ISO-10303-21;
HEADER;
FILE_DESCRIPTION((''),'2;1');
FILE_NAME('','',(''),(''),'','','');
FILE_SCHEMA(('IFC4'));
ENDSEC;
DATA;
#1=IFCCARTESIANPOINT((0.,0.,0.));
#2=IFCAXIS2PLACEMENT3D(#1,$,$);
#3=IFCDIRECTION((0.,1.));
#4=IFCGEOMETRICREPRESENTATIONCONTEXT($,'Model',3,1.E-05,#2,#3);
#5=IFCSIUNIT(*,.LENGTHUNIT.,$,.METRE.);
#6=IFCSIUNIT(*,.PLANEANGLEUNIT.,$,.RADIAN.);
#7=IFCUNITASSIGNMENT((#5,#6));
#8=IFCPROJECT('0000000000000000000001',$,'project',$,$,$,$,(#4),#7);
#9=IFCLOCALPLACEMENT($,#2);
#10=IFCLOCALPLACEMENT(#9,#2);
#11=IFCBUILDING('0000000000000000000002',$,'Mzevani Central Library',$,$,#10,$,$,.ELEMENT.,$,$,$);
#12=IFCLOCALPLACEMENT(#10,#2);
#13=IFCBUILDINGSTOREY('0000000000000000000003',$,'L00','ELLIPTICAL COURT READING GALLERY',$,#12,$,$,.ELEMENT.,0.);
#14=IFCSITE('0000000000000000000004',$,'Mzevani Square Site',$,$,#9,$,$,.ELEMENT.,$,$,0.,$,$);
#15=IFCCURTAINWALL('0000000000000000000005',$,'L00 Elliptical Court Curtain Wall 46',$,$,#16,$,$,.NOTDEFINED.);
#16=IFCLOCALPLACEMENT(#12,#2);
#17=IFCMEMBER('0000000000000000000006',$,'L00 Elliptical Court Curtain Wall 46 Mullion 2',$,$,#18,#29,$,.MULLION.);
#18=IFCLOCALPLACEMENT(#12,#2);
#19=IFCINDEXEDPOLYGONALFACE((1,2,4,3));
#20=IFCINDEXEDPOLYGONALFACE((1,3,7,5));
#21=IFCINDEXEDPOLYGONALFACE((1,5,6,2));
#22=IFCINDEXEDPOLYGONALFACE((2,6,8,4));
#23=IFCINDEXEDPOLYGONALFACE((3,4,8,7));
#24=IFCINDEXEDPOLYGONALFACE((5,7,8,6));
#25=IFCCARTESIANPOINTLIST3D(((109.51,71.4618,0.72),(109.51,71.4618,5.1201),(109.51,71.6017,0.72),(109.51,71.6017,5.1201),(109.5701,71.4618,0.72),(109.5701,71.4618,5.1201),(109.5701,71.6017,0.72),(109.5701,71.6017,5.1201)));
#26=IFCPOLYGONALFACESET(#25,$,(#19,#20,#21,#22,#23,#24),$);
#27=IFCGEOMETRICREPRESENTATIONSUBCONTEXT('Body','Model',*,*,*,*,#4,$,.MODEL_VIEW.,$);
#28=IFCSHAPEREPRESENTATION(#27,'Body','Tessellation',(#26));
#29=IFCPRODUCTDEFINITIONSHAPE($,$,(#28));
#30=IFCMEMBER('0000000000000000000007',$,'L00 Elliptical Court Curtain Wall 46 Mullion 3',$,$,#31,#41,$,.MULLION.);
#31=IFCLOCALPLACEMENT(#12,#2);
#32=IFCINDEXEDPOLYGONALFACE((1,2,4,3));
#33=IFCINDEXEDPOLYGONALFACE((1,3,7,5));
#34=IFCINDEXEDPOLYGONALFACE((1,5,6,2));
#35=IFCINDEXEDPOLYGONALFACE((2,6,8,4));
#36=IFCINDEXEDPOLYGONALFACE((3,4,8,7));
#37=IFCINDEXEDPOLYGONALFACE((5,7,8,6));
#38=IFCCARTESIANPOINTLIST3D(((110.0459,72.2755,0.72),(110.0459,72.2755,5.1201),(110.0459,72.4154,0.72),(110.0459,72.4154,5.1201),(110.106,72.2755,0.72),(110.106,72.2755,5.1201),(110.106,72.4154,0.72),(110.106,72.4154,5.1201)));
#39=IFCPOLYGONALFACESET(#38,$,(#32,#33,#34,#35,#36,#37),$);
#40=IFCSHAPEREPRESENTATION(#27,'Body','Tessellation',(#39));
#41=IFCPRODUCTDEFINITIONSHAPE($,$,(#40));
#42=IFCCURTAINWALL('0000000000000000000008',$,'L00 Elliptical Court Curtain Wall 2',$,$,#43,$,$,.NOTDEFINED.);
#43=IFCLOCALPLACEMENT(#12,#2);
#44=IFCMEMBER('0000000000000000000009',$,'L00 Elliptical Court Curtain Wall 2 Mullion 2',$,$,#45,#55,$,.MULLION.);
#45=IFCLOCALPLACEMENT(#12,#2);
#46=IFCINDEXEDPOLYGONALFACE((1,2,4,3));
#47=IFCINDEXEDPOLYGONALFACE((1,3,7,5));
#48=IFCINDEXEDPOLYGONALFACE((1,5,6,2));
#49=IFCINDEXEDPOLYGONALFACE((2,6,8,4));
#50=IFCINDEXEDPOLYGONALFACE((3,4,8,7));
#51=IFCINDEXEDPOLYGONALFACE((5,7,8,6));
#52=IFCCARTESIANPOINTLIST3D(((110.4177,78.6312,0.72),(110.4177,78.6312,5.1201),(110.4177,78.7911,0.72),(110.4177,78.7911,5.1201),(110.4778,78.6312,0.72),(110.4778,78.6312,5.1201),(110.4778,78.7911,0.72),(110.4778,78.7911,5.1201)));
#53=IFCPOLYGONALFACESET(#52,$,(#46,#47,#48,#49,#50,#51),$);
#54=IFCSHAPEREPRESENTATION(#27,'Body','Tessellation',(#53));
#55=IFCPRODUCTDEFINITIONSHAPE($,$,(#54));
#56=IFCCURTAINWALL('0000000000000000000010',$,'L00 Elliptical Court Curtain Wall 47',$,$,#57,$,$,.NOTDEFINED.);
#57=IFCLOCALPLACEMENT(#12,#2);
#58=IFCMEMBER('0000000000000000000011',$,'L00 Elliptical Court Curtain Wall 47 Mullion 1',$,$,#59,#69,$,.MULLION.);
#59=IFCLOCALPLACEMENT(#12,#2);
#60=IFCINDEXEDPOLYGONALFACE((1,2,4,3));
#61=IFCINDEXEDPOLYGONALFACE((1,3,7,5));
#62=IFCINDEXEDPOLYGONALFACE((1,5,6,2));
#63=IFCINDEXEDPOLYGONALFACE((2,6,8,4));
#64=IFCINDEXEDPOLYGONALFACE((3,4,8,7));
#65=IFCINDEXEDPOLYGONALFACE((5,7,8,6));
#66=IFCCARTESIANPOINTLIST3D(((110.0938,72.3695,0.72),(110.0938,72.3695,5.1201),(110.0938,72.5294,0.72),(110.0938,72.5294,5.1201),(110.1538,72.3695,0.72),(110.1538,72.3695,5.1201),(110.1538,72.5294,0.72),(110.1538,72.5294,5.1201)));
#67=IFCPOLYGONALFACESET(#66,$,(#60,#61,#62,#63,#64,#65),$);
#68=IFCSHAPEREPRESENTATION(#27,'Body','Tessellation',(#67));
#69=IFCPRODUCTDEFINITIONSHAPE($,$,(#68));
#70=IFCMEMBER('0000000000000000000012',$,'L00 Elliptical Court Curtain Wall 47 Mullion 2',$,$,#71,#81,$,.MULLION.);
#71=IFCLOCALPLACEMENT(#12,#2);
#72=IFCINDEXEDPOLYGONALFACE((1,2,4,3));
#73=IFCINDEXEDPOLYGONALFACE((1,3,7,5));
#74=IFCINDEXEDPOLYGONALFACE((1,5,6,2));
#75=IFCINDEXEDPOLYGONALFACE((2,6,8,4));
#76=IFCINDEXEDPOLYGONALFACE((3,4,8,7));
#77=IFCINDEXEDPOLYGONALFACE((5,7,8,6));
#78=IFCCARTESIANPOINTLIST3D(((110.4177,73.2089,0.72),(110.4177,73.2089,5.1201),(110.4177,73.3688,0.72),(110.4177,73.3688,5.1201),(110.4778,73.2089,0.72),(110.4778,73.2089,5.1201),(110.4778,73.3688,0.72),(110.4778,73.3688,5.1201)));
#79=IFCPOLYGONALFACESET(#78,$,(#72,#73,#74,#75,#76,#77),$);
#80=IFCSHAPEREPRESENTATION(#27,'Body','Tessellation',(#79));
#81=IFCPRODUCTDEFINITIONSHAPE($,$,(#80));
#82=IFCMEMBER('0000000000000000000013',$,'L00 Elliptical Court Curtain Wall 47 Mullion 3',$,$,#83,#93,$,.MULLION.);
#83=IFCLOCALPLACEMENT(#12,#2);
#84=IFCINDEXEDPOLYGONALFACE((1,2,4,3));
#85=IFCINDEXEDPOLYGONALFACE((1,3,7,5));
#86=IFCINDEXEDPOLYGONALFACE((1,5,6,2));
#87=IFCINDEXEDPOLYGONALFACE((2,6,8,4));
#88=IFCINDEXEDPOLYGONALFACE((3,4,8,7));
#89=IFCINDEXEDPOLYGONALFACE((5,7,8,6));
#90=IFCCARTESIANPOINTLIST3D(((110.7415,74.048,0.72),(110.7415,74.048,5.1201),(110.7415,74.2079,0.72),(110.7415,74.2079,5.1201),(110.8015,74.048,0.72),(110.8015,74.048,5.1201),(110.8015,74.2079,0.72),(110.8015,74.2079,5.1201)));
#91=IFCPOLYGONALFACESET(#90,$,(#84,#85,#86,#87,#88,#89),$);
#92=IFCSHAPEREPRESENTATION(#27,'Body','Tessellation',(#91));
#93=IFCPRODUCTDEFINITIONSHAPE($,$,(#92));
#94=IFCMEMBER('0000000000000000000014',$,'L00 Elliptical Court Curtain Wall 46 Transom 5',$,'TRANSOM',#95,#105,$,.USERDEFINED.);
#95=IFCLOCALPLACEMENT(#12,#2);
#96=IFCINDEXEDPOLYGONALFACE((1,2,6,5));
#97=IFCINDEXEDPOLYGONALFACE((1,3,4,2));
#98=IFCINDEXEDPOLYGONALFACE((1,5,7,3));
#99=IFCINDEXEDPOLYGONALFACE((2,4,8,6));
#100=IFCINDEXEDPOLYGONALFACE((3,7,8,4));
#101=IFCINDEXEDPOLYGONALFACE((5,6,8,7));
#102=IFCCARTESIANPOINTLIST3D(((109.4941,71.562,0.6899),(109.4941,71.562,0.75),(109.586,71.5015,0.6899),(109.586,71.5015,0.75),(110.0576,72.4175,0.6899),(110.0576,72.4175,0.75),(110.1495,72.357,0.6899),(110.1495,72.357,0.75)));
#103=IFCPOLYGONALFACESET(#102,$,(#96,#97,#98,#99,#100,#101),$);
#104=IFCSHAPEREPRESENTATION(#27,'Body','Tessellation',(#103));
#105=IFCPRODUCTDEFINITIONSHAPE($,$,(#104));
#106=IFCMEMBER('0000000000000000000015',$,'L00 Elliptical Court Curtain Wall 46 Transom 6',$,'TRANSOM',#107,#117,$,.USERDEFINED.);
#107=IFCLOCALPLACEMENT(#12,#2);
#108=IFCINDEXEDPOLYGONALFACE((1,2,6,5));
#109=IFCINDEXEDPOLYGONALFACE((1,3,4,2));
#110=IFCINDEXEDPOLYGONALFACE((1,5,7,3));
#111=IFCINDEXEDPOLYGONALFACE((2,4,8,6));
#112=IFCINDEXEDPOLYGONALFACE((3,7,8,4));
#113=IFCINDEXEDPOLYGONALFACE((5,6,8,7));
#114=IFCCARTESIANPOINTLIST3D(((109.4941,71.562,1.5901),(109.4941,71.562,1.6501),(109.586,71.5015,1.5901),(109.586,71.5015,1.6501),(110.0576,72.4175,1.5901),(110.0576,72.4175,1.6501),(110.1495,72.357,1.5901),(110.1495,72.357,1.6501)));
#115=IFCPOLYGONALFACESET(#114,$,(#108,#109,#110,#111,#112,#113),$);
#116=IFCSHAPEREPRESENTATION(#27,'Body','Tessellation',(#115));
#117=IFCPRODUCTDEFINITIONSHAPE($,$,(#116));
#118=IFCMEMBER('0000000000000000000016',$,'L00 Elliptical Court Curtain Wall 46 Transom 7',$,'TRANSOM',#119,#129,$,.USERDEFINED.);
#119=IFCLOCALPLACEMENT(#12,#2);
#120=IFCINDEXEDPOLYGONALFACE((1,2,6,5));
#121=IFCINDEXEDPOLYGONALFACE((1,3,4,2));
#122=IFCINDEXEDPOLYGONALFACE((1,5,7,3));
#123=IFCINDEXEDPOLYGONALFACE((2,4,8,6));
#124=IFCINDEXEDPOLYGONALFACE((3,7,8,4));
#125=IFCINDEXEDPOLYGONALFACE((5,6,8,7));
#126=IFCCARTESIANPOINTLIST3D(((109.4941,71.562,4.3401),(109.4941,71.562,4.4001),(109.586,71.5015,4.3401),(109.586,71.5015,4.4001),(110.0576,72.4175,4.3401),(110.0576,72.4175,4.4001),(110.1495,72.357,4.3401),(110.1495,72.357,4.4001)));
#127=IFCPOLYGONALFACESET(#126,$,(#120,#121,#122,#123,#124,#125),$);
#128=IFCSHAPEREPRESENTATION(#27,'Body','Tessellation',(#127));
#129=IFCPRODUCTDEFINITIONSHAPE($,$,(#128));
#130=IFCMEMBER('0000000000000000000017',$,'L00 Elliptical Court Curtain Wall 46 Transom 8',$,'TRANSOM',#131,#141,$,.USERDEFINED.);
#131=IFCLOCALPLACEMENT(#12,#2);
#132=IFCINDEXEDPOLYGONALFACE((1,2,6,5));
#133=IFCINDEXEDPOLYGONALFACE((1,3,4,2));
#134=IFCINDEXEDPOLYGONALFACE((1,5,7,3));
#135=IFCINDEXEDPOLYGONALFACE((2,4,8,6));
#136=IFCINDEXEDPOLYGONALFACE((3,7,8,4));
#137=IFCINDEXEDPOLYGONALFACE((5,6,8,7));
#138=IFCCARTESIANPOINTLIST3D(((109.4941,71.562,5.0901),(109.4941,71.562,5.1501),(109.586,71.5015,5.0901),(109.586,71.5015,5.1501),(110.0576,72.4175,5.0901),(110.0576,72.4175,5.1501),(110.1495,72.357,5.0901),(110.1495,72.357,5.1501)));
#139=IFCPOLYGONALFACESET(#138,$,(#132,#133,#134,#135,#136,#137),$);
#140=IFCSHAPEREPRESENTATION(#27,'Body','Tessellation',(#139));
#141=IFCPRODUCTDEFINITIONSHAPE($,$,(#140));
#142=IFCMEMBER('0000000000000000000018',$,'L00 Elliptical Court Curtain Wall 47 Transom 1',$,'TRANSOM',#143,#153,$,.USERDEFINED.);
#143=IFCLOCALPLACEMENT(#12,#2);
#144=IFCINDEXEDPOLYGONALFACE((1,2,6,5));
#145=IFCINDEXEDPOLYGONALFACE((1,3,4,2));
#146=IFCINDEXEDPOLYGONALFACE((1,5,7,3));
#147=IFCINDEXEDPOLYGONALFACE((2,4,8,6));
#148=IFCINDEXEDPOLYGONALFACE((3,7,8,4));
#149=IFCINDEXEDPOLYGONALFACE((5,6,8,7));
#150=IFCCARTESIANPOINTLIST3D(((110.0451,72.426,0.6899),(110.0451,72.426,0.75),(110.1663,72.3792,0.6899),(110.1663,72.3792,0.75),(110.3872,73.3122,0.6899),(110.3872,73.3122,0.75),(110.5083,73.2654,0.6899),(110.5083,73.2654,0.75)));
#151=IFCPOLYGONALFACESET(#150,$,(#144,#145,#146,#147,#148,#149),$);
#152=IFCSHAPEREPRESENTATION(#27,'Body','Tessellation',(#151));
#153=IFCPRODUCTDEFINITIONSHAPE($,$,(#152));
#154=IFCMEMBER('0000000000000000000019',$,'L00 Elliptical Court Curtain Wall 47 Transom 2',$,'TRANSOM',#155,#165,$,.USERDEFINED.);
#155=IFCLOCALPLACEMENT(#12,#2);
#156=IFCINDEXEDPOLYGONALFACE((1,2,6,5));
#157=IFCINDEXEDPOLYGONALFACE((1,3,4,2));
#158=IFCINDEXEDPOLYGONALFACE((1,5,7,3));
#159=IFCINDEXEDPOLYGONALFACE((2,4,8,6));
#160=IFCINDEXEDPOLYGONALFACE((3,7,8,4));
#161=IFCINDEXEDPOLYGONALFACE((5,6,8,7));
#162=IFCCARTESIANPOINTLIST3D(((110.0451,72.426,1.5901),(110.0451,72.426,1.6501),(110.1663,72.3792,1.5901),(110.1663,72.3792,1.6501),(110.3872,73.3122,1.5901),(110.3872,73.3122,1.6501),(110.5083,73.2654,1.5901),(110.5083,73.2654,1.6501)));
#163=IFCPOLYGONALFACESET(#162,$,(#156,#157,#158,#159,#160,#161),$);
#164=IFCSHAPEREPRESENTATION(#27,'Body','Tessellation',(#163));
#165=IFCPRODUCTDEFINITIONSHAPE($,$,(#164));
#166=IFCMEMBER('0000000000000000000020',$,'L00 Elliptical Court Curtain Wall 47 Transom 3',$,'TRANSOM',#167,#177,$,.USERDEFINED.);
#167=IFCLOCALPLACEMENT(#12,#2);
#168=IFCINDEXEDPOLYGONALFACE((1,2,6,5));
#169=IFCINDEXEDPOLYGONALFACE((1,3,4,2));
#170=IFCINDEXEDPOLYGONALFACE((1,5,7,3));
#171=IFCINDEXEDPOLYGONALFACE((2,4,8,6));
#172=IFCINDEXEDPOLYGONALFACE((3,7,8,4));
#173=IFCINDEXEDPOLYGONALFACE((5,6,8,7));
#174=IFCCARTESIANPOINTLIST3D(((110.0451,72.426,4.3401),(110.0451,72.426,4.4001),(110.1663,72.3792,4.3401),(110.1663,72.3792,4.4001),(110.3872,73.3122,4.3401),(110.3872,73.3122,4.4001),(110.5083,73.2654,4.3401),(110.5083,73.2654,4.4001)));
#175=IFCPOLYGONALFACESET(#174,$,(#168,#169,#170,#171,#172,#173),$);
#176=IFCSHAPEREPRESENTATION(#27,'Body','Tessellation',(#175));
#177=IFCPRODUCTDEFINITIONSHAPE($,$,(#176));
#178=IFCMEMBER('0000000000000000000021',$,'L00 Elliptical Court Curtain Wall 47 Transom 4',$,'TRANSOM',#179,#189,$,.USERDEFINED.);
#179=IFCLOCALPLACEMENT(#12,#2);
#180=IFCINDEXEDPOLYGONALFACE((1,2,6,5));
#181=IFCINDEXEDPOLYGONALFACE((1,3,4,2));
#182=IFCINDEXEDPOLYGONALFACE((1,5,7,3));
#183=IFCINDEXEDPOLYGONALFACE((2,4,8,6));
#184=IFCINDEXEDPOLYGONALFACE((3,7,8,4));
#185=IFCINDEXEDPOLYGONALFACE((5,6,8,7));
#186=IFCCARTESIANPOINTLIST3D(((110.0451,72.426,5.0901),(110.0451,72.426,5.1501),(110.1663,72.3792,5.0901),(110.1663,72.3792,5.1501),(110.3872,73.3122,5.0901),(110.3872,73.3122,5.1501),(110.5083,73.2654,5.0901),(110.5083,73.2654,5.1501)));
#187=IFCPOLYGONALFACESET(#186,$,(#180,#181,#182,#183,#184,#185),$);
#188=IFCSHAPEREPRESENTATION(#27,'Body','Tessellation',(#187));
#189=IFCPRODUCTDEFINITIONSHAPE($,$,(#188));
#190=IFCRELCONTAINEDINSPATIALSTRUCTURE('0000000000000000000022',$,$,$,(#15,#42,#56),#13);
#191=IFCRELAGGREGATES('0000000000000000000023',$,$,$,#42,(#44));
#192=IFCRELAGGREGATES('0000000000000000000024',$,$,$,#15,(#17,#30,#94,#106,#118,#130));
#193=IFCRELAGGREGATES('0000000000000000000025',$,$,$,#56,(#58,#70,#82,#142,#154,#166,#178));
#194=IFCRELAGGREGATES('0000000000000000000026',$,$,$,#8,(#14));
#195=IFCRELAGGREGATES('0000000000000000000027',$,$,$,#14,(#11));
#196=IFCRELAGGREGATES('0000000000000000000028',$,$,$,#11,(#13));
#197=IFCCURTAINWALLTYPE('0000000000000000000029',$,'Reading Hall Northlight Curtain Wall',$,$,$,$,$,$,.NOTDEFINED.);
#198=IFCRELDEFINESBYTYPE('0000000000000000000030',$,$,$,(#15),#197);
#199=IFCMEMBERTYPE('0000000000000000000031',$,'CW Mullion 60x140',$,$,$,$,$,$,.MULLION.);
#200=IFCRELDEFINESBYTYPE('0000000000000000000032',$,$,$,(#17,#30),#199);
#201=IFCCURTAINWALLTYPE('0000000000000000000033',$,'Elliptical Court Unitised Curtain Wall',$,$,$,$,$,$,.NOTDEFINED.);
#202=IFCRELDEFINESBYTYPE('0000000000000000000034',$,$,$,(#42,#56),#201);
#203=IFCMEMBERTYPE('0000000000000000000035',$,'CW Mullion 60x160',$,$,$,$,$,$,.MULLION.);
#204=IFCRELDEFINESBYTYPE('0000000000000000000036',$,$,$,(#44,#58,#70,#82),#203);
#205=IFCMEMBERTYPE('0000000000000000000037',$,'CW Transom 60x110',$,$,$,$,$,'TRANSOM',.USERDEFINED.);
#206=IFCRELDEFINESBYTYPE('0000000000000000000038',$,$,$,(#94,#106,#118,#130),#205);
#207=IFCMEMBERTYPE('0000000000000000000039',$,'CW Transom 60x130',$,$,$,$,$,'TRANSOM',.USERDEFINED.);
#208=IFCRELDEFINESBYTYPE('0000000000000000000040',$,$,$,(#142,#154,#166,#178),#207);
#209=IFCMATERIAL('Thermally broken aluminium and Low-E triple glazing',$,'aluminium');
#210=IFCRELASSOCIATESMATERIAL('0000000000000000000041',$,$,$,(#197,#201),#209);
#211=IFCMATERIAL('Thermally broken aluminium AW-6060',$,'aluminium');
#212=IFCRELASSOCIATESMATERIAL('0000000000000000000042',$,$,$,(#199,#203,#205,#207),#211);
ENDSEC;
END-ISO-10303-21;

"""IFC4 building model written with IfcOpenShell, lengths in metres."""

from ifc_helpers import new_model, si_unit, direction, frame, origin, origin_2d, place, context, subcontext, project, spatial, rectangle, extrude, material, material_profile, profile_set, type_object, element, aggregate, save


model = new_model("IFC4")

# Units and contexts
model_context = context("Model", 3, precision=1e-05, world=origin(), true_north=direction((0.0, 1.0)))
body_context = subcontext(model_context, "Body", "Model", "MODEL_VIEW")
ifc_project = project(units=[si_unit("LENGTHUNIT", "METRE"), si_unit("PLANEANGLEUNIT", "RADIAN")], contexts=[model_context])

# Site, building, storey
site_placement = place(None, origin())
site = spatial("IfcSite", under=ifc_project, at=site_placement, Name="Mzevani Square Site", CompositionType="ELEMENT", RefElevation=0.0)
building_placement = place(site_placement, origin())
building = spatial("IfcBuilding", under=site, at=building_placement, Name="Mzevani Central Library", CompositionType="ELEMENT")
storey_placement = place(building_placement, origin())
storey = spatial("IfcBuildingStorey", under=building, at=storey_placement, Name="L00", Description="ELLIPTICAL COURT READING GALLERY", CompositionType="ELEMENT", Elevation=0.0)

# Curtain wall, members
ifc_material_1 = material(Name="Thermally broken aluminium and Low-E triple glazing", Category="aluminium")
curtain_wall_type_1 = type_object("IfcCurtainWallType", Name="Reading Hall Northlight Curtain Wall", PredefinedType="NOTDEFINED", material=ifc_material_1)
curtain_wall_1_placement = place(storey_placement, origin())
curtain_wall_1 = element("IfcCurtainWall", 1, at=curtain_wall_1_placement, inside=storey, type_object=curtain_wall_type_1, Name="L00 Elliptical Court Curtain Wall 46", PredefinedType="NOTDEFINED")
ifc_material_2 = material(Name="Thermally broken aluminium AW-6060", Category="aluminium")
ifc_material_profile_1 = material_profile(ifc_material_2, rectangle(XDim=0.0601, YDim=0.1399, at=origin_2d()), Name="ALU M60x140")
ifc_profile_set_1 = profile_set([ifc_material_profile_1], Name="Thermally broken aluminium AW-6060")
member_type_1 = type_object("IfcMemberType", Name="CW Mullion 60x140", PredefinedType="MULLION", material=ifc_profile_set_1)
member_1_placement = place(storey_placement, frame((109.54, 71.5317, 0.72), z_axis=(0.0, 0.0, 1.0), x_axis=(1.0, 0.0, 0.0)))
member_1 = element("IfcMember", 2, at=member_1_placement, type_object=member_type_1, Name="L00 Elliptical Court Curtain Wall 46 Mullion 2", PredefinedType="MULLION", context=body_context, shape_type="SweptSolid", body=[
    extrude(rectangle(XDim=0.0601, YDim=0.1399, at=origin_2d()), origin(), (0.0, 0.0, 1.0), 4.4001),
])
member_2_placement = place(storey_placement, frame((110.0759, 72.3455, 0.72), z_axis=(0.0, 0.0, 1.0), x_axis=(1.0, 0.0, 0.0)))
member_2 = element("IfcMember", 3, at=member_2_placement, type_object=member_type_1, Name="L00 Elliptical Court Curtain Wall 46 Mullion 3", PredefinedType="MULLION", context=body_context, shape_type="SweptSolid", body=[
    extrude(rectangle(XDim=0.0601, YDim=0.1399, at=origin_2d()), origin(), (0.0, 0.0, 1.0), 4.4001),
])

# Curtain wall, member
curtain_wall_type_2 = type_object("IfcCurtainWallType", Name="Elliptical Court Unitised Curtain Wall", PredefinedType="NOTDEFINED", material=ifc_material_1)
curtain_wall_2_placement = place(storey_placement, origin())
curtain_wall_2 = element("IfcCurtainWall", 4, at=curtain_wall_2_placement, inside=storey, type_object=curtain_wall_type_2, Name="L00 Elliptical Court Curtain Wall 2", PredefinedType="NOTDEFINED")
ifc_material_profile_2 = material_profile(ifc_material_2, rectangle(XDim=0.0601, YDim=0.1599, at=origin_2d()), Name="ALU M60x160")
ifc_profile_set_2 = profile_set([ifc_material_profile_2], Name="Thermally broken aluminium AW-6060")
member_type_2 = type_object("IfcMemberType", Name="CW Mullion 60x160", PredefinedType="MULLION", material=ifc_profile_set_2)
member_3_placement = place(storey_placement, frame((110.4478, 78.7112, 0.72), z_axis=(0.0, 0.0, 1.0), x_axis=(1.0, 0.0, 0.0)))
member_3 = element("IfcMember", 5, at=member_3_placement, type_object=member_type_2, Name="L00 Elliptical Court Curtain Wall 2 Mullion 2", PredefinedType="MULLION", context=body_context, shape_type="SweptSolid", body=[
    extrude(rectangle(XDim=0.0601, YDim=0.1599, at=origin_2d()), origin(), (0.0, 0.0, 1.0), 4.4001),
])

# Curtain wall, members
curtain_wall_3_placement = place(storey_placement, origin())
curtain_wall_3 = element("IfcCurtainWall", 6, at=curtain_wall_3_placement, inside=storey, type_object=curtain_wall_type_2, Name="L00 Elliptical Court Curtain Wall 47", PredefinedType="NOTDEFINED")
member_4_placement = place(storey_placement, frame((110.1238, 72.4495, 0.72), z_axis=(0.0, 0.0, 1.0), x_axis=(1.0, 0.0, 0.0)))
member_4 = element("IfcMember", 7, at=member_4_placement, type_object=member_type_2, Name="L00 Elliptical Court Curtain Wall 47 Mullion 1", PredefinedType="MULLION", context=body_context, shape_type="SweptSolid", body=[
    extrude(rectangle(XDim=0.0601, YDim=0.1599, at=origin_2d()), origin(), (0.0, 0.0, 1.0), 4.4001),
])
member_5_placement = place(storey_placement, frame((110.4478, 73.2888, 0.72), z_axis=(0.0, 0.0, 1.0), x_axis=(1.0, 0.0, 0.0)))
member_5 = element("IfcMember", 8, at=member_5_placement, type_object=member_type_2, Name="L00 Elliptical Court Curtain Wall 47 Mullion 2", PredefinedType="MULLION", context=body_context, shape_type="SweptSolid", body=[
    extrude(rectangle(XDim=0.0601, YDim=0.1599, at=origin_2d()), origin(), (0.0, 0.0, 1.0), 4.4001),
])
member_6_placement = place(storey_placement, frame((110.7715, 74.1279, 0.72), z_axis=(0.0, 0.0, 1.0), x_axis=(1.0, 0.0, 0.0)))
member_6 = element("IfcMember", 9, at=member_6_placement, type_object=member_type_2, Name="L00 Elliptical Court Curtain Wall 47 Mullion 3", PredefinedType="MULLION", context=body_context, shape_type="SweptSolid", body=[
    extrude(rectangle(XDim=0.0601, YDim=0.1599, at=origin_2d()), origin(), (0.0, 0.0, 1.0), 4.4001),
])

# Members
ifc_material_profile_3 = material_profile(ifc_material_2, rectangle(XDim=0.1101, YDim=0.0601, at=origin_2d()), Name="ALU T60x110")
ifc_profile_set_3 = profile_set([ifc_material_profile_3], Name="Thermally broken aluminium AW-6060")
member_type_3 = type_object("IfcMemberType", Name="CW Transom 60x110", ElementType="TRANSOM", PredefinedType="USERDEFINED", material=ifc_profile_set_3)
member_7_placement = place(storey_placement, frame((109.54, 71.5317, 0.72), z_axis=(0.550072, 0.835117, 0.0), x_axis=(-0.835117, 0.550072, 0.0)))
member_7 = element("IfcMember", 10, at=member_7_placement, type_object=member_type_3, Name="L00 Elliptical Court Curtain Wall 46 Transom 5", ObjectType="TRANSOM", PredefinedType="USERDEFINED", context=body_context, shape_type="SweptSolid", body=[
    extrude(rectangle(XDim=0.1101, YDim=0.0601, at=origin_2d()), origin(), (0.0, 0.0, 1.0), 1.0244),
])
member_8_placement = place(storey_placement, frame((109.54, 71.5317, 1.6201), z_axis=(0.550072, 0.835117, 0.0), x_axis=(-0.835117, 0.550072, 0.0)))
member_8 = element("IfcMember", 11, at=member_8_placement, type_object=member_type_3, Name="L00 Elliptical Court Curtain Wall 46 Transom 6", ObjectType="TRANSOM", PredefinedType="USERDEFINED", context=body_context, shape_type="SweptSolid", body=[
    extrude(rectangle(XDim=0.1101, YDim=0.0601, at=origin_2d()), origin(), (0.0, 0.0, 1.0), 1.0244),
])
member_9_placement = place(storey_placement, frame((109.54, 71.5317, 4.3701), z_axis=(0.550072, 0.835117, 0.0), x_axis=(-0.835117, 0.550072, 0.0)))
member_9 = element("IfcMember", 12, at=member_9_placement, type_object=member_type_3, Name="L00 Elliptical Court Curtain Wall 46 Transom 7", ObjectType="TRANSOM", PredefinedType="USERDEFINED", context=body_context, shape_type="SweptSolid", body=[
    extrude(rectangle(XDim=0.1101, YDim=0.0601, at=origin_2d()), origin(), (0.0, 0.0, 1.0), 1.0244),
])
member_10_placement = place(storey_placement, frame((109.54, 71.5317, 5.1201), z_axis=(0.550072, 0.835117, 0.0), x_axis=(-0.835117, 0.550072, 0.0)))
member_10 = element("IfcMember", 13, at=member_10_placement, type_object=member_type_3, Name="L00 Elliptical Court Curtain Wall 46 Transom 8", ObjectType="TRANSOM", PredefinedType="USERDEFINED", context=body_context, shape_type="SweptSolid", body=[
    extrude(rectangle(XDim=0.1101, YDim=0.0601, at=origin_2d()), origin(), (0.0, 0.0, 1.0), 1.0244),
])
ifc_material_profile_4 = material_profile(ifc_material_2, rectangle(XDim=0.1299, YDim=0.0601, at=origin_2d()), Name="ALU T60x130")
ifc_profile_set_4 = profile_set([ifc_material_profile_4], Name="Thermally broken aluminium AW-6060")
member_type_4 = type_object("IfcMemberType", Name="CW Transom 60x130", ElementType="TRANSOM", PredefinedType="USERDEFINED", material=ifc_profile_set_4)
member_11_placement = place(storey_placement, frame((110.1057, 72.4026, 0.72), z_axis=(0.360064, 0.932928, 0.0), x_axis=(-0.932928, 0.360064, 0.0)))
member_11 = element("IfcMember", 14, at=member_11_placement, type_object=member_type_4, Name="L00 Elliptical Court Curtain Wall 47 Transom 1", ObjectType="TRANSOM", PredefinedType="USERDEFINED", context=body_context, shape_type="SweptSolid", body=[
    extrude(rectangle(XDim=0.1299, YDim=0.0601, at=origin_2d()), origin(), (0.0, 0.0, 1.0), 0.95),
])
member_12_placement = place(storey_placement, frame((110.1057, 72.4026, 1.6201), z_axis=(0.360064, 0.932928, 0.0), x_axis=(-0.932928, 0.360064, 0.0)))
member_12 = element("IfcMember", 15, at=member_12_placement, type_object=member_type_4, Name="L00 Elliptical Court Curtain Wall 47 Transom 2", ObjectType="TRANSOM", PredefinedType="USERDEFINED", context=body_context, shape_type="SweptSolid", body=[
    extrude(rectangle(XDim=0.1299, YDim=0.0601, at=origin_2d()), origin(), (0.0, 0.0, 1.0), 0.95),
])
member_13_placement = place(storey_placement, frame((110.1057, 72.4026, 4.3701), z_axis=(0.360064, 0.932928, 0.0), x_axis=(-0.932928, 0.360064, 0.0)))
member_13 = element("IfcMember", 16, at=member_13_placement, type_object=member_type_4, Name="L00 Elliptical Court Curtain Wall 47 Transom 3", ObjectType="TRANSOM", PredefinedType="USERDEFINED", context=body_context, shape_type="SweptSolid", body=[
    extrude(rectangle(XDim=0.1299, YDim=0.0601, at=origin_2d()), origin(), (0.0, 0.0, 1.0), 0.95),
])
member_14_placement = place(storey_placement, frame((110.1057, 72.4026, 5.1201), z_axis=(0.360064, 0.932928, 0.0), x_axis=(-0.932928, 0.360064, 0.0)))
member_14 = element("IfcMember", 17, at=member_14_placement, type_object=member_type_4, Name="L00 Elliptical Court Curtain Wall 47 Transom 4", ObjectType="TRANSOM", PredefinedType="USERDEFINED", context=body_context, shape_type="SweptSolid", body=[
    extrude(rectangle(XDim=0.1299, YDim=0.0601, at=origin_2d()), origin(), (0.0, 0.0, 1.0), 0.95),
])

aggregate(curtain_wall_2, [member_3])
aggregate(curtain_wall_1, [member_1, member_2, member_7, member_8, member_9, member_10])
aggregate(curtain_wall_3, [member_4, member_5, member_6, member_11, member_12, member_13, member_14])

save(model, "model.ifc")
